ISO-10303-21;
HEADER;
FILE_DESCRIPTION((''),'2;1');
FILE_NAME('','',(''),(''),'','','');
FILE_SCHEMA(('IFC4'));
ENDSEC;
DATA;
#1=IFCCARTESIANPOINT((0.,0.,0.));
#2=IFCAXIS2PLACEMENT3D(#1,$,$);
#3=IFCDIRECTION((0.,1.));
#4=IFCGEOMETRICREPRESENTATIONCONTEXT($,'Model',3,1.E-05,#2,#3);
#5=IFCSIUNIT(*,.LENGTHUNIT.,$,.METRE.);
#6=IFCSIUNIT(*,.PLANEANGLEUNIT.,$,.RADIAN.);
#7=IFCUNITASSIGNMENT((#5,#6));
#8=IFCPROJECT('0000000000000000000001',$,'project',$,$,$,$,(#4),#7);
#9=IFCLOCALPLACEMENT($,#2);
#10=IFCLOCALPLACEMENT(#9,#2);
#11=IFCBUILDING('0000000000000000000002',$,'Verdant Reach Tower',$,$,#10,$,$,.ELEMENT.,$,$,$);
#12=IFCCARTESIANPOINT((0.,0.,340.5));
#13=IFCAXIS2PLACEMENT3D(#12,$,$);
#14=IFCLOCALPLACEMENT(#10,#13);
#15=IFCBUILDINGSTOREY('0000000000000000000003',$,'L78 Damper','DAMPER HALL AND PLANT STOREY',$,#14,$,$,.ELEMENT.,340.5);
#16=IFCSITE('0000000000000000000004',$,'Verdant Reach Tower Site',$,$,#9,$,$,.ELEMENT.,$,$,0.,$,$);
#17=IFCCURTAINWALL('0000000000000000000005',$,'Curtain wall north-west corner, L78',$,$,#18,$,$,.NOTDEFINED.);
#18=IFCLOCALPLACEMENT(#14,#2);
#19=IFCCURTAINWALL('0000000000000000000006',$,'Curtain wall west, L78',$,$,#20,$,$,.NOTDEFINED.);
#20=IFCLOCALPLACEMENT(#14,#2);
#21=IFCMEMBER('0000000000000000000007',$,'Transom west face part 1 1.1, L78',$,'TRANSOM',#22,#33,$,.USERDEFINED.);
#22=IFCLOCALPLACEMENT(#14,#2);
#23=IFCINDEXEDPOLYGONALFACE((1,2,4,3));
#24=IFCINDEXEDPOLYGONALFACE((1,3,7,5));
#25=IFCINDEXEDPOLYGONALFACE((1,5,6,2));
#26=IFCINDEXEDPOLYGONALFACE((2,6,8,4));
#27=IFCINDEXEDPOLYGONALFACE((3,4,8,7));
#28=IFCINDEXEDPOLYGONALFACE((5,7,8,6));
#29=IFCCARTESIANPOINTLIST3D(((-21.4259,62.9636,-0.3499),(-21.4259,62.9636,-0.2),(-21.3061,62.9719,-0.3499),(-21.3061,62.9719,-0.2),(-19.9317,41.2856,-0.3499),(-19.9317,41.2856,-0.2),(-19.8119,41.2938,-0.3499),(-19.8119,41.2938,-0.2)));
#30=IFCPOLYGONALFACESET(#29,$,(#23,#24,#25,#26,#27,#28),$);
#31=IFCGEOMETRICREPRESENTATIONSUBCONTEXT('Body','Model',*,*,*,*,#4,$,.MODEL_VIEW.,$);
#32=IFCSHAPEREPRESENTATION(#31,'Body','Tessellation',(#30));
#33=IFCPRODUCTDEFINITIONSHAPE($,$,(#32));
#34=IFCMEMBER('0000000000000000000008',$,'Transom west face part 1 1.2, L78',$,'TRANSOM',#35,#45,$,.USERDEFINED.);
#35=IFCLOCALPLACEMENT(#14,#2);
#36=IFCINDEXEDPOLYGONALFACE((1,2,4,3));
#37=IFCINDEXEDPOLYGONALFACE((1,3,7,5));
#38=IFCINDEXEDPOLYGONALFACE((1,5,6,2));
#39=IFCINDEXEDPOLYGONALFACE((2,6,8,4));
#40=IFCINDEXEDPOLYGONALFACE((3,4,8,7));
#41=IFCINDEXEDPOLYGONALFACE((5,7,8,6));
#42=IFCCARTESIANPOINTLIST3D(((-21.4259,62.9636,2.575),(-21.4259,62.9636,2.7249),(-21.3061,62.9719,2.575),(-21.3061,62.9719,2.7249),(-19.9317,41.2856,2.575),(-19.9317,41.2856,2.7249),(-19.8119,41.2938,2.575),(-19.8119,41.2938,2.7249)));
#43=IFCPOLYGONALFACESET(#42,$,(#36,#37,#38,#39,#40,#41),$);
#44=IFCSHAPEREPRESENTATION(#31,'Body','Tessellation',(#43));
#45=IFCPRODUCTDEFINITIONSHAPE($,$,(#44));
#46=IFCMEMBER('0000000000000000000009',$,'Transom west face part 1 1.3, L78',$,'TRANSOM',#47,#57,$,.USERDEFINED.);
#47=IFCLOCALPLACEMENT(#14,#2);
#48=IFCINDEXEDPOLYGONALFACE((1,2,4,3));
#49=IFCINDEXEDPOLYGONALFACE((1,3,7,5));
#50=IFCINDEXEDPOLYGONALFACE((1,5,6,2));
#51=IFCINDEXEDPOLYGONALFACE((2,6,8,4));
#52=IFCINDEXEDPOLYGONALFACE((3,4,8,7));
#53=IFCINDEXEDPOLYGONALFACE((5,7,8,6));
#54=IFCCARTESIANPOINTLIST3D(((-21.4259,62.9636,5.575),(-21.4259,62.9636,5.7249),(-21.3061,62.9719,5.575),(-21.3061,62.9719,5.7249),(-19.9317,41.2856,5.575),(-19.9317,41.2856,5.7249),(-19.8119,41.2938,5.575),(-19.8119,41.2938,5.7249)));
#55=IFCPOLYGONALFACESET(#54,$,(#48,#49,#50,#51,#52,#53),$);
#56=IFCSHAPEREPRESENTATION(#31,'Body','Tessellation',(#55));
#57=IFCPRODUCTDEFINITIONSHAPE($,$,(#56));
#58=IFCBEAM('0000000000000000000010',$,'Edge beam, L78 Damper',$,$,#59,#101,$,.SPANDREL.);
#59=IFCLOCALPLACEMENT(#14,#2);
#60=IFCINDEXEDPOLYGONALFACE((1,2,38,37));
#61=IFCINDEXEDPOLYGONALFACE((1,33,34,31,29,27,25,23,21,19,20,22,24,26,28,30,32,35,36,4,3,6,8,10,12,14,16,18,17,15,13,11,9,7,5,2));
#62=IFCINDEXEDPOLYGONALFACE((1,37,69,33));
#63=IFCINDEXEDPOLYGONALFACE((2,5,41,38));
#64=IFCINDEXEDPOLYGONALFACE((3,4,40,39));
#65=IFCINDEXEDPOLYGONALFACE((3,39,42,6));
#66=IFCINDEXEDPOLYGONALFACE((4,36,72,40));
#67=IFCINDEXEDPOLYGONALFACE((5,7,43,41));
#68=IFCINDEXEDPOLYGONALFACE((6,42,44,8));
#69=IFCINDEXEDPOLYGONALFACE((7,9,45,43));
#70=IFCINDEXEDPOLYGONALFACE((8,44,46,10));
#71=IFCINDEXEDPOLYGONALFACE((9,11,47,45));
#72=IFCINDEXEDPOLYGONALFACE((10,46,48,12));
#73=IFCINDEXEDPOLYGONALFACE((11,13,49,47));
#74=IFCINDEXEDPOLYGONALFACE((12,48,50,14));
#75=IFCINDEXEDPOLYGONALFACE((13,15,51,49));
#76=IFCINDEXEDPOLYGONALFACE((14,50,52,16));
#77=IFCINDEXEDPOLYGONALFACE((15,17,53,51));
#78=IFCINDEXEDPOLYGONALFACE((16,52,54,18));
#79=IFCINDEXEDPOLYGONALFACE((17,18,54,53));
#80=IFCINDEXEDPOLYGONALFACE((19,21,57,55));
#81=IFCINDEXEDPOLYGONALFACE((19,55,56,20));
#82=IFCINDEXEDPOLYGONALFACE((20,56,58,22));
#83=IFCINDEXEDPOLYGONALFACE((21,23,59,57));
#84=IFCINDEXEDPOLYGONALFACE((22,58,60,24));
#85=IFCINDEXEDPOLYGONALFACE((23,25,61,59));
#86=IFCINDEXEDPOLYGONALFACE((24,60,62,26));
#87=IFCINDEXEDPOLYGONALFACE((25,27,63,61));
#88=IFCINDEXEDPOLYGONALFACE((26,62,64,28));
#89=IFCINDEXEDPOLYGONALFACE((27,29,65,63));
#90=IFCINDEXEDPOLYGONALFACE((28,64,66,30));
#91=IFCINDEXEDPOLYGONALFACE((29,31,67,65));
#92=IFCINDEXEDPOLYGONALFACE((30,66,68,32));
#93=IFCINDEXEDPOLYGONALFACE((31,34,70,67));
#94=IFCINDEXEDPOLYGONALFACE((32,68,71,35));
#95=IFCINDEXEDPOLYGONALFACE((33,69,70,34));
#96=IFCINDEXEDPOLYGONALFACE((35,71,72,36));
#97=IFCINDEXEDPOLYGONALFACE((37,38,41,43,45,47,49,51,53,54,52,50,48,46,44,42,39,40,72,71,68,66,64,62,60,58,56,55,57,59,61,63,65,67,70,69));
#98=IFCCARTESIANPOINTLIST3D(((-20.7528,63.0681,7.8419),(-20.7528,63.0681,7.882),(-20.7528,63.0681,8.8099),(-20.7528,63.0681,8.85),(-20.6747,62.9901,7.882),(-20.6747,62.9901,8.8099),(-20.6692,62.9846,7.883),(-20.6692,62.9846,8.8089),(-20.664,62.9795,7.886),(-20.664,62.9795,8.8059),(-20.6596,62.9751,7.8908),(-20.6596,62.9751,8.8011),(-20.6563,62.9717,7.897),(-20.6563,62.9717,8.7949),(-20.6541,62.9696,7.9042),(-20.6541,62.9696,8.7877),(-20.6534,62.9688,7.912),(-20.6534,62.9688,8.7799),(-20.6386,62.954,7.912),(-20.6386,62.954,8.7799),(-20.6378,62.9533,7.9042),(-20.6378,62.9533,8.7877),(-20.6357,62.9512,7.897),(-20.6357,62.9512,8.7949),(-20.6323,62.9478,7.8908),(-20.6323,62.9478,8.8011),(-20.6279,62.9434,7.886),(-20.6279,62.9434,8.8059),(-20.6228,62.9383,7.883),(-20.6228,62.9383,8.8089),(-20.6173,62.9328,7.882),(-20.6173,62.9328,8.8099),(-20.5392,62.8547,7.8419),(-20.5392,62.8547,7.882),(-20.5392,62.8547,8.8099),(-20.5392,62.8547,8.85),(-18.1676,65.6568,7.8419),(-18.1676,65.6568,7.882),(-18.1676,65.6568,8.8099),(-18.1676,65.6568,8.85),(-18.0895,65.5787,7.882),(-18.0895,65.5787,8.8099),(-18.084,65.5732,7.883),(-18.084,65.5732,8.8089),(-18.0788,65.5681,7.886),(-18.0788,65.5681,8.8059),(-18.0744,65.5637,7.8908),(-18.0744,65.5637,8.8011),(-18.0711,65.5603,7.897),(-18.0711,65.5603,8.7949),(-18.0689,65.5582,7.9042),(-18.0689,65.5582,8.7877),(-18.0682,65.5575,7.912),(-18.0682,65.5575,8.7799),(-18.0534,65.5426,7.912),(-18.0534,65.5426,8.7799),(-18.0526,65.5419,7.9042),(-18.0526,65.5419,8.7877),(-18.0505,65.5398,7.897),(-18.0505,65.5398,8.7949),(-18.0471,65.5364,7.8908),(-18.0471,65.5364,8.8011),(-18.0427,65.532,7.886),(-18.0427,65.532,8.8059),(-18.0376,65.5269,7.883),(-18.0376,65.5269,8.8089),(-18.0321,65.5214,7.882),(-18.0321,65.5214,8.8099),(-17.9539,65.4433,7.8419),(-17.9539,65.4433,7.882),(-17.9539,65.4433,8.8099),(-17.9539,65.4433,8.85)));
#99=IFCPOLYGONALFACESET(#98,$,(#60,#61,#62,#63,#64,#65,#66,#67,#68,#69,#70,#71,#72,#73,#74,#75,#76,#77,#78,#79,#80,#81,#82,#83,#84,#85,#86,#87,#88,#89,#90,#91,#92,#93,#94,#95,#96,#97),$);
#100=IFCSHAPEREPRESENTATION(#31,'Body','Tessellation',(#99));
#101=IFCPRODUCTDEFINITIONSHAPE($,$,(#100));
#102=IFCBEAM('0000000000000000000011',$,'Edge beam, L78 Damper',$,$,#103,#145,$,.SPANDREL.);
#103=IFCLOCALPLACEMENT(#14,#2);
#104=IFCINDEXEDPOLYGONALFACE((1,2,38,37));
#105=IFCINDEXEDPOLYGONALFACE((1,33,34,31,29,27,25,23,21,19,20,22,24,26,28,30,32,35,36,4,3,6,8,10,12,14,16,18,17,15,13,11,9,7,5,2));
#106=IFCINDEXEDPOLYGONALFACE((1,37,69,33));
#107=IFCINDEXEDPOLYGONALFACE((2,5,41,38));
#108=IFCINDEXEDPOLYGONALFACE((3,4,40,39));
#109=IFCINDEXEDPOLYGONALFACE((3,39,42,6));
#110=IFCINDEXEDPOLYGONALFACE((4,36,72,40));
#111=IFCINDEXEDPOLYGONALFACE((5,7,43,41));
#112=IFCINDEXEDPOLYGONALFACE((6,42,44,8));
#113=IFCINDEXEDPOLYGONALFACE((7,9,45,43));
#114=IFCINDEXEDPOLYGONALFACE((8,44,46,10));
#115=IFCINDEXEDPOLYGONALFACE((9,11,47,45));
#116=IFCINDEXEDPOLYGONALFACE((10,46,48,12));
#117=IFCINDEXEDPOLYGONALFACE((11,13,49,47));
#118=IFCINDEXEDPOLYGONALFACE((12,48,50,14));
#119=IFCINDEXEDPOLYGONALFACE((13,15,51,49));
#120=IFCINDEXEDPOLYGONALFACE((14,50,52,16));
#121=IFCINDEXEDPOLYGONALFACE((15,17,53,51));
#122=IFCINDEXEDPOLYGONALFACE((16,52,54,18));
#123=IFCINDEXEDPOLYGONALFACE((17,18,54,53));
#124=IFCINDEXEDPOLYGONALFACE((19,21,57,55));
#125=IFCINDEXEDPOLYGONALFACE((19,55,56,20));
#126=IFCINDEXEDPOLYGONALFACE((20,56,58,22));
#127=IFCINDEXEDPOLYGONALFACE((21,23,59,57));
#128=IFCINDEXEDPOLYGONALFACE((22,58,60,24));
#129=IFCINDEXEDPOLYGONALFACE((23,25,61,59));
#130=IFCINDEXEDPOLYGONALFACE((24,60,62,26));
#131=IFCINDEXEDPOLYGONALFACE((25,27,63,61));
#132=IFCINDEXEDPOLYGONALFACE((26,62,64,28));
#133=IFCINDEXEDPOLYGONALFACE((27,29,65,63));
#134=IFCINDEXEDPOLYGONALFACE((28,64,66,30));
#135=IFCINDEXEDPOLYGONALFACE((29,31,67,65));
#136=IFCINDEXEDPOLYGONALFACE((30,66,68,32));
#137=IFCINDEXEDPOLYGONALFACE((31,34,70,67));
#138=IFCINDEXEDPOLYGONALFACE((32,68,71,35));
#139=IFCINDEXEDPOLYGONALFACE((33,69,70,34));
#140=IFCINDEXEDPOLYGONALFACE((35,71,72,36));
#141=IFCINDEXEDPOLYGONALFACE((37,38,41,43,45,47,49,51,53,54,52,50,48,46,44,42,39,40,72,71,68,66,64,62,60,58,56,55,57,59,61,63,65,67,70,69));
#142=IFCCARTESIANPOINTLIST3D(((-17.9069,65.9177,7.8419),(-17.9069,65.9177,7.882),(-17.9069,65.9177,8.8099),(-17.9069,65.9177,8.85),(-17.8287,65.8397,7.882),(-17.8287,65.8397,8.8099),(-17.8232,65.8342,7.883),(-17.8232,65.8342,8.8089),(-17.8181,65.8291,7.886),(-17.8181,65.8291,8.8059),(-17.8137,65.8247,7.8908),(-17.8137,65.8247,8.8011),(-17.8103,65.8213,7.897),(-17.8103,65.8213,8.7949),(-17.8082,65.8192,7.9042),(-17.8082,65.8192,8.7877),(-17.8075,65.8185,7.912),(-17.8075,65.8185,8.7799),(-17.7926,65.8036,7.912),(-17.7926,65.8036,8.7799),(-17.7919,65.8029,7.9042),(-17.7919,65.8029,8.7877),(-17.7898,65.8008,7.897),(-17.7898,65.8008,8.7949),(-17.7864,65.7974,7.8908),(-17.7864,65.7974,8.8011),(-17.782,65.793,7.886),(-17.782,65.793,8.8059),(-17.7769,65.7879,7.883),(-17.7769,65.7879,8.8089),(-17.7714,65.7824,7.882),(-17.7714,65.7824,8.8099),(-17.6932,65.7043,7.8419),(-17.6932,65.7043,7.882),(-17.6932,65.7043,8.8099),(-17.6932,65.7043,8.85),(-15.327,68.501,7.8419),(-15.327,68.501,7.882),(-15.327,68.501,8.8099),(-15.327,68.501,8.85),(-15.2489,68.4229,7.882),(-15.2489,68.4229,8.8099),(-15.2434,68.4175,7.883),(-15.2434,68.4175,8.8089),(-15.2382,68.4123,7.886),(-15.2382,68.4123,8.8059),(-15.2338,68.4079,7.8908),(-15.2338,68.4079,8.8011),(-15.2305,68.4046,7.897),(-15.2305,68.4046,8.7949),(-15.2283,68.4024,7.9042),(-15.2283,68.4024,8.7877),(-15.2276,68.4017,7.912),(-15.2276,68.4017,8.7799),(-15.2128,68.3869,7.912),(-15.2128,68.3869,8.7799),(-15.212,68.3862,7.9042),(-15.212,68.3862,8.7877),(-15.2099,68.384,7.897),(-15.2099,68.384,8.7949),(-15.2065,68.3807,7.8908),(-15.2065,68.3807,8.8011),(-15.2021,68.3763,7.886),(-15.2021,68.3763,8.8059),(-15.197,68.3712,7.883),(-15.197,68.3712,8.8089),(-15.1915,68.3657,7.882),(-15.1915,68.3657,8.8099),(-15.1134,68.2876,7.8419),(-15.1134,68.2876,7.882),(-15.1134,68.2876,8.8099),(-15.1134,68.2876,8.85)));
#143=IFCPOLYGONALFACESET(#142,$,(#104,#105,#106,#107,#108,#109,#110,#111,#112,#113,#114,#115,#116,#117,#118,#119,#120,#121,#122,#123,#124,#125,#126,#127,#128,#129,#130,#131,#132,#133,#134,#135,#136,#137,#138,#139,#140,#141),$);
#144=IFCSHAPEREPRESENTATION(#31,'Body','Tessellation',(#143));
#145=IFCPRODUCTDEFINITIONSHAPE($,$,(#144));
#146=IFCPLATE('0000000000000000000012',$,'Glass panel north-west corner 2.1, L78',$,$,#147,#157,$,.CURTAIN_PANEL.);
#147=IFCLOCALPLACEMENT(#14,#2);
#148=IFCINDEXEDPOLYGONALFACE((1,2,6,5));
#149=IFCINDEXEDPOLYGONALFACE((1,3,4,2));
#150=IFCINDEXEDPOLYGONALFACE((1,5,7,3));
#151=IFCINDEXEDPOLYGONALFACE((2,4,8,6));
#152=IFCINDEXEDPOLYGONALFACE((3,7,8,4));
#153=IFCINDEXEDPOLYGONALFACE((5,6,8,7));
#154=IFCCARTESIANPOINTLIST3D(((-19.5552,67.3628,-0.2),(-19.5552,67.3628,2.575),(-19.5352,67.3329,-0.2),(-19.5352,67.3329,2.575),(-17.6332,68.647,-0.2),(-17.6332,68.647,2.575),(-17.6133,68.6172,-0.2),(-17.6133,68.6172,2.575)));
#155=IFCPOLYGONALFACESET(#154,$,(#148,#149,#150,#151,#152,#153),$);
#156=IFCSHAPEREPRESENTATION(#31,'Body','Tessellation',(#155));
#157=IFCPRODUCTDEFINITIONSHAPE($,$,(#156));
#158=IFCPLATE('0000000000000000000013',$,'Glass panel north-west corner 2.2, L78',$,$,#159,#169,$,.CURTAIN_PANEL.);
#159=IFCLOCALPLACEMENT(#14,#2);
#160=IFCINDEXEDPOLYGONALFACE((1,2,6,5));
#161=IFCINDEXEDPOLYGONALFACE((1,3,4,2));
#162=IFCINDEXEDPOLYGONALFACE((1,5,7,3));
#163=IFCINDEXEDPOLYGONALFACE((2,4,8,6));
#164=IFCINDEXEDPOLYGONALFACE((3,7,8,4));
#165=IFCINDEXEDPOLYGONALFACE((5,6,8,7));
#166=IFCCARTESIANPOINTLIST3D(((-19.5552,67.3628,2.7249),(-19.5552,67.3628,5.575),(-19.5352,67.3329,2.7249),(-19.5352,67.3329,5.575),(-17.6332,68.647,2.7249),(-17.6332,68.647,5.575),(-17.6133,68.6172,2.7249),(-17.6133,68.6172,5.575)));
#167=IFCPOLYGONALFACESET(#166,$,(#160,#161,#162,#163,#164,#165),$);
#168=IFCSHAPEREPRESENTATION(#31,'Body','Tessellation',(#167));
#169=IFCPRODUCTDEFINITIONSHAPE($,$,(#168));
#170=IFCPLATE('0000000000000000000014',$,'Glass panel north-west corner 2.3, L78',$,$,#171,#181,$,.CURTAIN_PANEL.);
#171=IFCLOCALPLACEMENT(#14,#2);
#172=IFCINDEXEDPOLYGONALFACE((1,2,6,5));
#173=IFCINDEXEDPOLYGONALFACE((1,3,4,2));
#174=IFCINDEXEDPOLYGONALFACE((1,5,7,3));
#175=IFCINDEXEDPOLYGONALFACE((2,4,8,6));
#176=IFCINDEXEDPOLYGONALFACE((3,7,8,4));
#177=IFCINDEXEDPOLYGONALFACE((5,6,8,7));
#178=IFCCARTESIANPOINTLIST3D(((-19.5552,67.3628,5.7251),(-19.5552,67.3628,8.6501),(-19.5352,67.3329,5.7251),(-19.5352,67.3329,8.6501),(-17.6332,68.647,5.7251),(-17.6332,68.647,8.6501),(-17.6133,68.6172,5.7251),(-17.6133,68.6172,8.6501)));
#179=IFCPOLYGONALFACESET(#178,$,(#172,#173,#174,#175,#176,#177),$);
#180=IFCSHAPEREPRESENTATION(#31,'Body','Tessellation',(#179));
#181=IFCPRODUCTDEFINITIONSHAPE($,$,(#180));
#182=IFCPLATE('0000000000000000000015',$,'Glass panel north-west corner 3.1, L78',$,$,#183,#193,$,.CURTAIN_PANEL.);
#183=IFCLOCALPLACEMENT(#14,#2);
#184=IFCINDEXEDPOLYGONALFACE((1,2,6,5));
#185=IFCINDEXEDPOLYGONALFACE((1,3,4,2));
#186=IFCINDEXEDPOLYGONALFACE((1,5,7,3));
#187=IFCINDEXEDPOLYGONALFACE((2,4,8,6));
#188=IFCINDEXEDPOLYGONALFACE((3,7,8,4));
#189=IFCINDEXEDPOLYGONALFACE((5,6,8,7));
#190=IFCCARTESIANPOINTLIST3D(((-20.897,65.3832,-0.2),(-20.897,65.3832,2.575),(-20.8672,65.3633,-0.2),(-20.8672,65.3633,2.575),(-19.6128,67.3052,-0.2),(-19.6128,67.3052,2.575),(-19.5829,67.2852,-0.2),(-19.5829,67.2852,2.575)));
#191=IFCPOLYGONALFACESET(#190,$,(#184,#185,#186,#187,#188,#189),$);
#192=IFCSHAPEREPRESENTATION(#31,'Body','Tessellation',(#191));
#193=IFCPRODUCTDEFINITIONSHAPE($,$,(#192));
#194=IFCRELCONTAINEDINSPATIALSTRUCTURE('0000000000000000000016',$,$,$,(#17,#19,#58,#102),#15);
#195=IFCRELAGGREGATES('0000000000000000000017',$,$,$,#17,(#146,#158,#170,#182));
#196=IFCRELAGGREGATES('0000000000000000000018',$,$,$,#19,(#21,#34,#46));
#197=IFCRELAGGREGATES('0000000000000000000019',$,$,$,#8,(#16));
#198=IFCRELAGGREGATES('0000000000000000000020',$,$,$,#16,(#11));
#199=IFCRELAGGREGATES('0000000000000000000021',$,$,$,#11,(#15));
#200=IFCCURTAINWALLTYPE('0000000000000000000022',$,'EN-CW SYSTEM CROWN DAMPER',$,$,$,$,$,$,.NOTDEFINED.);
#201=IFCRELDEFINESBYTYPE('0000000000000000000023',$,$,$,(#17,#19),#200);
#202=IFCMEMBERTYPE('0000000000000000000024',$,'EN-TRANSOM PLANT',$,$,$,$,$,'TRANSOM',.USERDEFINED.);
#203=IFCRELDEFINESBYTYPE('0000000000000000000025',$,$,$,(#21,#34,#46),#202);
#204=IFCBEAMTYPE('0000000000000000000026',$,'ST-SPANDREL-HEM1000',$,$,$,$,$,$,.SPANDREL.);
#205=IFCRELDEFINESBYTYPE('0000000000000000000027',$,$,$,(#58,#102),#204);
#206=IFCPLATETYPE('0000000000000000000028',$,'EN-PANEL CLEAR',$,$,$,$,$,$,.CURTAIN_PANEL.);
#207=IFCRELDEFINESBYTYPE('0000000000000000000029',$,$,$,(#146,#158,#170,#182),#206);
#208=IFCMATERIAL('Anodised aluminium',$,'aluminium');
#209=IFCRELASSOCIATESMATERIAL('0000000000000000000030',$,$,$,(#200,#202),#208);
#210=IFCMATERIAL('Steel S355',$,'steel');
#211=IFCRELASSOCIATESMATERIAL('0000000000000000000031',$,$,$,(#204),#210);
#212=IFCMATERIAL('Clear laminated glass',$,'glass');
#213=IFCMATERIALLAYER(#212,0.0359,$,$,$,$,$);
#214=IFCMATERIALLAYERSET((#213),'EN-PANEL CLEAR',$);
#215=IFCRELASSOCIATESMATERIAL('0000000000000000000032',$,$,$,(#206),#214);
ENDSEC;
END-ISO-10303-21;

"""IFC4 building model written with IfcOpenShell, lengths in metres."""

from ifc_helpers import new_model, si_unit, direction, frame, origin, origin_2d, place, context, subcontext, project, spatial, rectangle, i_section, extrude, material, layer, layer_set, material_profile, profile_set, type_object, element, aggregate, save


model = new_model("IFC4")

# Units and contexts
model_context = context("Model", 3, precision=1e-05, world=origin(), true_north=direction((0.0, 1.0)))
body_context = subcontext(model_context, "Body", "Model", "MODEL_VIEW")
ifc_project = project(units=[si_unit("LENGTHUNIT", "METRE"), si_unit("PLANEANGLEUNIT", "RADIAN")], contexts=[model_context])

# Site, building, storey
site_placement = place(None, origin())
site = spatial("IfcSite", under=ifc_project, at=site_placement, Name="Verdant Reach Tower Site", CompositionType="ELEMENT", RefElevation=0.0)
building_placement = place(site_placement, origin())
building = spatial("IfcBuilding", under=site, at=building_placement, Name="Verdant Reach Tower", CompositionType="ELEMENT")
storey_placement = place(building_placement, frame((0.0, 0.0, 340.5)))
storey = spatial("IfcBuildingStorey", under=building, at=storey_placement, Name="L78 Damper", Description="DAMPER HALL AND PLANT STOREY", CompositionType="ELEMENT", Elevation=340.5)

# Curtain wall
ifc_material_1 = material(Name="Anodised aluminium", Category="aluminium")
curtain_wall_type = type_object("IfcCurtainWallType", Name="EN-CW SYSTEM CROWN DAMPER", PredefinedType="NOTDEFINED", material=ifc_material_1)
curtain_wall_1_placement = place(storey_placement, origin())
curtain_wall_1 = element("IfcCurtainWall", 1, at=curtain_wall_1_placement, inside=storey, type_object=curtain_wall_type, Name="Curtain wall north-west corner, L78", PredefinedType="NOTDEFINED")

# Curtain wall
curtain_wall_2_placement = place(storey_placement, origin())
curtain_wall_2 = element("IfcCurtainWall", 2, at=curtain_wall_2_placement, inside=storey, type_object=curtain_wall_type, Name="Curtain wall west, L78", PredefinedType="NOTDEFINED")

# Members
ifc_material_profile_1 = material_profile(ifc_material_1, rectangle(XDim=0.1201, YDim=0.1499, at=origin_2d()), Name="Transom 150x120")
ifc_profile_set_1 = profile_set([ifc_material_profile_1], Name="Anodised aluminium")
member_type_1 = type_object("IfcMemberType", Name="EN-TRANSOM PLANT", ElementType="TRANSOM", PredefinedType="USERDEFINED", material=ifc_profile_set_1)
member_1_placement = place(storey_placement, frame((-21.366, 62.9678, -0.2749), z_axis=(0.068761, -0.997633, 0.0), x_axis=(0.997633, 0.068761, 0.0)))
member_1 = element("IfcMember", 3, at=member_1_placement, type_object=member_type_1, Name="Transom west face part 1 1.1, L78", ObjectType="TRANSOM", PredefinedType="USERDEFINED", context=body_context, shape_type="SweptSolid", body=[
    extrude(rectangle(XDim=0.1201, YDim=0.1499, at=origin_2d()), origin(), (0.0, 0.0, 1.0), 21.7295),
])
member_2_placement = place(storey_placement, frame((-21.366, 62.9678, 2.6499), z_axis=(0.068761, -0.997633, 0.0), x_axis=(0.997633, 0.068761, 0.0)))
member_2 = element("IfcMember", 4, at=member_2_placement, type_object=member_type_1, Name="Transom west face part 1 1.2, L78", ObjectType="TRANSOM", PredefinedType="USERDEFINED", context=body_context, shape_type="SweptSolid", body=[
    extrude(rectangle(XDim=0.1201, YDim=0.1499, at=origin_2d()), origin(), (0.0, 0.0, 1.0), 21.7295),
])
member_3_placement = place(storey_placement, frame((-21.366, 62.9678, 5.6499), z_axis=(0.068761, -0.997633, 0.0), x_axis=(0.997633, 0.068761, 0.0)))
member_3 = element("IfcMember", 5, at=member_3_placement, type_object=member_type_1, Name="Transom west face part 1 1.3, L78", ObjectType="TRANSOM", PredefinedType="USERDEFINED", context=body_context, shape_type="SweptSolid", body=[
    extrude(rectangle(XDim=0.1201, YDim=0.1499, at=origin_2d()), origin(), (0.0, 0.0, 1.0), 21.7295),
])

# Beams
ifc_material_2 = material(Name="Steel S355", Category="steel")
ifc_material_profile_2 = material_profile(ifc_material_2, i_section(OverallWidth=0.302, OverallDepth=1.0081, WebThickness=0.021, FlangeThickness=0.04, FilletRadius=0.03, at=origin_2d()), Name="HEM 1000")
ifc_profile_set_2 = profile_set([ifc_material_profile_2], Name="Steel S355")
beam_type = type_object("IfcBeamType", Name="ST-SPANDREL-HEM1000", PredefinedType="SPANDREL", material=ifc_profile_set_2)
beam_1_placement = place(storey_placement, frame((-20.646, 62.9614, 8.3459), z_axis=(0.706639, 0.707574, 0.0), x_axis=(-0.707574, 0.706639, 0.0)))
element("IfcBeam", 6, at=beam_1_placement, inside=storey, type_object=beam_type, Name="Edge beam, L78 Damper", PredefinedType="SPANDREL", context=body_context, shape_type="SweptSolid", body=[
    extrude(i_section(OverallWidth=0.302, OverallDepth=1.0081, WebThickness=0.021, FlangeThickness=0.04, FilletRadius=0.03, at=origin_2d()), origin(), (0.0, 0.0, 1.0), 3.6584),
])
beam_2_placement = place(storey_placement, frame((-17.8, 65.811, 8.3459), z_axis=(0.706639, 0.707575, 0.0), x_axis=(-0.707575, 0.706639, 0.0)))
element("IfcBeam", 7, at=beam_2_placement, inside=storey, type_object=beam_type, Name="Edge beam, L78 Damper", PredefinedType="SPANDREL", context=body_context, shape_type="SweptSolid", body=[
    extrude(i_section(OverallWidth=0.302, OverallDepth=1.0081, WebThickness=0.021, FlangeThickness=0.04, FilletRadius=0.03, at=origin_2d()), origin(), (0.0, 0.0, 1.0), 3.6509),
])

# Plates
ifc_material_3 = material(Name="Clear laminated glass", Category="glass")
ifc_layer = layer(ifc_material_3, 0.0359)
ifc_layer_set = layer_set([ifc_layer], Name="EN-PANEL CLEAR")
plate_type = type_object("IfcPlateType", Name="EN-PANEL CLEAR", PredefinedType="CURTAIN_PANEL", material=ifc_layer_set)
plate_1_placement = place(storey_placement, frame((-18.5842, 67.99, -0.2), z_axis=(0.0, 0.0, 1.0), x_axis=(-0.831452, -0.555596, 0.0)))
plate_1 = element("IfcPlate", 8, at=plate_1_placement, type_object=plate_type, Name="Glass panel north-west corner 2.1, L78", PredefinedType="CURTAIN_PANEL", context=body_context, shape_type="SweptSolid", body=[
    extrude(rectangle(XDim=2.3115, YDim=0.0359, at=origin_2d()), origin(), (0.0, 0.0, 1.0), 2.7749),
])
plate_2_placement = place(storey_placement, frame((-18.5842, 67.99, 2.7249), z_axis=(0.0, 0.0, 1.0), x_axis=(-0.831452, -0.555596, 0.0)))
plate_2 = element("IfcPlate", 9, at=plate_2_placement, type_object=plate_type, Name="Glass panel north-west corner 2.2, L78", PredefinedType="CURTAIN_PANEL", context=body_context, shape_type="SweptSolid", body=[
    extrude(rectangle(XDim=2.3115, YDim=0.0359, at=origin_2d()), origin(), (0.0, 0.0, 1.0), 2.8501),
])
plate_3_placement = place(storey_placement, frame((-18.5842, 67.99, 5.7251), z_axis=(0.0, 0.0, 1.0), x_axis=(-0.831452, -0.555596, 0.0)))
plate_3 = element("IfcPlate", 10, at=plate_3_placement, type_object=plate_type, Name="Glass panel north-west corner 2.3, L78", PredefinedType="CURTAIN_PANEL", context=body_context, shape_type="SweptSolid", body=[
    extrude(rectangle(XDim=2.3115, YDim=0.0359, at=origin_2d()), origin(), (0.0, 0.0, 1.0), 2.925),
])
plate_4_placement = place(storey_placement, frame((-20.24, 66.3342, -0.2), z_axis=(0.0, 0.0, 1.0), x_axis=(-0.555596, -0.831452, 0.0)))
plate_4 = element("IfcPlate", 11, at=plate_4_placement, type_object=plate_type, Name="Glass panel north-west corner 3.1, L78", PredefinedType="CURTAIN_PANEL", context=body_context, shape_type="SweptSolid", body=[
    extrude(rectangle(XDim=2.3115, YDim=0.0359, at=origin_2d()), origin(), (0.0, 0.0, 1.0), 2.7749),
])
aggregate(curtain_wall_1, [plate_1, plate_2, plate_3, plate_4])
aggregate(curtain_wall_2, [member_1, member_2, member_3])

save(model, "model.ifc")
